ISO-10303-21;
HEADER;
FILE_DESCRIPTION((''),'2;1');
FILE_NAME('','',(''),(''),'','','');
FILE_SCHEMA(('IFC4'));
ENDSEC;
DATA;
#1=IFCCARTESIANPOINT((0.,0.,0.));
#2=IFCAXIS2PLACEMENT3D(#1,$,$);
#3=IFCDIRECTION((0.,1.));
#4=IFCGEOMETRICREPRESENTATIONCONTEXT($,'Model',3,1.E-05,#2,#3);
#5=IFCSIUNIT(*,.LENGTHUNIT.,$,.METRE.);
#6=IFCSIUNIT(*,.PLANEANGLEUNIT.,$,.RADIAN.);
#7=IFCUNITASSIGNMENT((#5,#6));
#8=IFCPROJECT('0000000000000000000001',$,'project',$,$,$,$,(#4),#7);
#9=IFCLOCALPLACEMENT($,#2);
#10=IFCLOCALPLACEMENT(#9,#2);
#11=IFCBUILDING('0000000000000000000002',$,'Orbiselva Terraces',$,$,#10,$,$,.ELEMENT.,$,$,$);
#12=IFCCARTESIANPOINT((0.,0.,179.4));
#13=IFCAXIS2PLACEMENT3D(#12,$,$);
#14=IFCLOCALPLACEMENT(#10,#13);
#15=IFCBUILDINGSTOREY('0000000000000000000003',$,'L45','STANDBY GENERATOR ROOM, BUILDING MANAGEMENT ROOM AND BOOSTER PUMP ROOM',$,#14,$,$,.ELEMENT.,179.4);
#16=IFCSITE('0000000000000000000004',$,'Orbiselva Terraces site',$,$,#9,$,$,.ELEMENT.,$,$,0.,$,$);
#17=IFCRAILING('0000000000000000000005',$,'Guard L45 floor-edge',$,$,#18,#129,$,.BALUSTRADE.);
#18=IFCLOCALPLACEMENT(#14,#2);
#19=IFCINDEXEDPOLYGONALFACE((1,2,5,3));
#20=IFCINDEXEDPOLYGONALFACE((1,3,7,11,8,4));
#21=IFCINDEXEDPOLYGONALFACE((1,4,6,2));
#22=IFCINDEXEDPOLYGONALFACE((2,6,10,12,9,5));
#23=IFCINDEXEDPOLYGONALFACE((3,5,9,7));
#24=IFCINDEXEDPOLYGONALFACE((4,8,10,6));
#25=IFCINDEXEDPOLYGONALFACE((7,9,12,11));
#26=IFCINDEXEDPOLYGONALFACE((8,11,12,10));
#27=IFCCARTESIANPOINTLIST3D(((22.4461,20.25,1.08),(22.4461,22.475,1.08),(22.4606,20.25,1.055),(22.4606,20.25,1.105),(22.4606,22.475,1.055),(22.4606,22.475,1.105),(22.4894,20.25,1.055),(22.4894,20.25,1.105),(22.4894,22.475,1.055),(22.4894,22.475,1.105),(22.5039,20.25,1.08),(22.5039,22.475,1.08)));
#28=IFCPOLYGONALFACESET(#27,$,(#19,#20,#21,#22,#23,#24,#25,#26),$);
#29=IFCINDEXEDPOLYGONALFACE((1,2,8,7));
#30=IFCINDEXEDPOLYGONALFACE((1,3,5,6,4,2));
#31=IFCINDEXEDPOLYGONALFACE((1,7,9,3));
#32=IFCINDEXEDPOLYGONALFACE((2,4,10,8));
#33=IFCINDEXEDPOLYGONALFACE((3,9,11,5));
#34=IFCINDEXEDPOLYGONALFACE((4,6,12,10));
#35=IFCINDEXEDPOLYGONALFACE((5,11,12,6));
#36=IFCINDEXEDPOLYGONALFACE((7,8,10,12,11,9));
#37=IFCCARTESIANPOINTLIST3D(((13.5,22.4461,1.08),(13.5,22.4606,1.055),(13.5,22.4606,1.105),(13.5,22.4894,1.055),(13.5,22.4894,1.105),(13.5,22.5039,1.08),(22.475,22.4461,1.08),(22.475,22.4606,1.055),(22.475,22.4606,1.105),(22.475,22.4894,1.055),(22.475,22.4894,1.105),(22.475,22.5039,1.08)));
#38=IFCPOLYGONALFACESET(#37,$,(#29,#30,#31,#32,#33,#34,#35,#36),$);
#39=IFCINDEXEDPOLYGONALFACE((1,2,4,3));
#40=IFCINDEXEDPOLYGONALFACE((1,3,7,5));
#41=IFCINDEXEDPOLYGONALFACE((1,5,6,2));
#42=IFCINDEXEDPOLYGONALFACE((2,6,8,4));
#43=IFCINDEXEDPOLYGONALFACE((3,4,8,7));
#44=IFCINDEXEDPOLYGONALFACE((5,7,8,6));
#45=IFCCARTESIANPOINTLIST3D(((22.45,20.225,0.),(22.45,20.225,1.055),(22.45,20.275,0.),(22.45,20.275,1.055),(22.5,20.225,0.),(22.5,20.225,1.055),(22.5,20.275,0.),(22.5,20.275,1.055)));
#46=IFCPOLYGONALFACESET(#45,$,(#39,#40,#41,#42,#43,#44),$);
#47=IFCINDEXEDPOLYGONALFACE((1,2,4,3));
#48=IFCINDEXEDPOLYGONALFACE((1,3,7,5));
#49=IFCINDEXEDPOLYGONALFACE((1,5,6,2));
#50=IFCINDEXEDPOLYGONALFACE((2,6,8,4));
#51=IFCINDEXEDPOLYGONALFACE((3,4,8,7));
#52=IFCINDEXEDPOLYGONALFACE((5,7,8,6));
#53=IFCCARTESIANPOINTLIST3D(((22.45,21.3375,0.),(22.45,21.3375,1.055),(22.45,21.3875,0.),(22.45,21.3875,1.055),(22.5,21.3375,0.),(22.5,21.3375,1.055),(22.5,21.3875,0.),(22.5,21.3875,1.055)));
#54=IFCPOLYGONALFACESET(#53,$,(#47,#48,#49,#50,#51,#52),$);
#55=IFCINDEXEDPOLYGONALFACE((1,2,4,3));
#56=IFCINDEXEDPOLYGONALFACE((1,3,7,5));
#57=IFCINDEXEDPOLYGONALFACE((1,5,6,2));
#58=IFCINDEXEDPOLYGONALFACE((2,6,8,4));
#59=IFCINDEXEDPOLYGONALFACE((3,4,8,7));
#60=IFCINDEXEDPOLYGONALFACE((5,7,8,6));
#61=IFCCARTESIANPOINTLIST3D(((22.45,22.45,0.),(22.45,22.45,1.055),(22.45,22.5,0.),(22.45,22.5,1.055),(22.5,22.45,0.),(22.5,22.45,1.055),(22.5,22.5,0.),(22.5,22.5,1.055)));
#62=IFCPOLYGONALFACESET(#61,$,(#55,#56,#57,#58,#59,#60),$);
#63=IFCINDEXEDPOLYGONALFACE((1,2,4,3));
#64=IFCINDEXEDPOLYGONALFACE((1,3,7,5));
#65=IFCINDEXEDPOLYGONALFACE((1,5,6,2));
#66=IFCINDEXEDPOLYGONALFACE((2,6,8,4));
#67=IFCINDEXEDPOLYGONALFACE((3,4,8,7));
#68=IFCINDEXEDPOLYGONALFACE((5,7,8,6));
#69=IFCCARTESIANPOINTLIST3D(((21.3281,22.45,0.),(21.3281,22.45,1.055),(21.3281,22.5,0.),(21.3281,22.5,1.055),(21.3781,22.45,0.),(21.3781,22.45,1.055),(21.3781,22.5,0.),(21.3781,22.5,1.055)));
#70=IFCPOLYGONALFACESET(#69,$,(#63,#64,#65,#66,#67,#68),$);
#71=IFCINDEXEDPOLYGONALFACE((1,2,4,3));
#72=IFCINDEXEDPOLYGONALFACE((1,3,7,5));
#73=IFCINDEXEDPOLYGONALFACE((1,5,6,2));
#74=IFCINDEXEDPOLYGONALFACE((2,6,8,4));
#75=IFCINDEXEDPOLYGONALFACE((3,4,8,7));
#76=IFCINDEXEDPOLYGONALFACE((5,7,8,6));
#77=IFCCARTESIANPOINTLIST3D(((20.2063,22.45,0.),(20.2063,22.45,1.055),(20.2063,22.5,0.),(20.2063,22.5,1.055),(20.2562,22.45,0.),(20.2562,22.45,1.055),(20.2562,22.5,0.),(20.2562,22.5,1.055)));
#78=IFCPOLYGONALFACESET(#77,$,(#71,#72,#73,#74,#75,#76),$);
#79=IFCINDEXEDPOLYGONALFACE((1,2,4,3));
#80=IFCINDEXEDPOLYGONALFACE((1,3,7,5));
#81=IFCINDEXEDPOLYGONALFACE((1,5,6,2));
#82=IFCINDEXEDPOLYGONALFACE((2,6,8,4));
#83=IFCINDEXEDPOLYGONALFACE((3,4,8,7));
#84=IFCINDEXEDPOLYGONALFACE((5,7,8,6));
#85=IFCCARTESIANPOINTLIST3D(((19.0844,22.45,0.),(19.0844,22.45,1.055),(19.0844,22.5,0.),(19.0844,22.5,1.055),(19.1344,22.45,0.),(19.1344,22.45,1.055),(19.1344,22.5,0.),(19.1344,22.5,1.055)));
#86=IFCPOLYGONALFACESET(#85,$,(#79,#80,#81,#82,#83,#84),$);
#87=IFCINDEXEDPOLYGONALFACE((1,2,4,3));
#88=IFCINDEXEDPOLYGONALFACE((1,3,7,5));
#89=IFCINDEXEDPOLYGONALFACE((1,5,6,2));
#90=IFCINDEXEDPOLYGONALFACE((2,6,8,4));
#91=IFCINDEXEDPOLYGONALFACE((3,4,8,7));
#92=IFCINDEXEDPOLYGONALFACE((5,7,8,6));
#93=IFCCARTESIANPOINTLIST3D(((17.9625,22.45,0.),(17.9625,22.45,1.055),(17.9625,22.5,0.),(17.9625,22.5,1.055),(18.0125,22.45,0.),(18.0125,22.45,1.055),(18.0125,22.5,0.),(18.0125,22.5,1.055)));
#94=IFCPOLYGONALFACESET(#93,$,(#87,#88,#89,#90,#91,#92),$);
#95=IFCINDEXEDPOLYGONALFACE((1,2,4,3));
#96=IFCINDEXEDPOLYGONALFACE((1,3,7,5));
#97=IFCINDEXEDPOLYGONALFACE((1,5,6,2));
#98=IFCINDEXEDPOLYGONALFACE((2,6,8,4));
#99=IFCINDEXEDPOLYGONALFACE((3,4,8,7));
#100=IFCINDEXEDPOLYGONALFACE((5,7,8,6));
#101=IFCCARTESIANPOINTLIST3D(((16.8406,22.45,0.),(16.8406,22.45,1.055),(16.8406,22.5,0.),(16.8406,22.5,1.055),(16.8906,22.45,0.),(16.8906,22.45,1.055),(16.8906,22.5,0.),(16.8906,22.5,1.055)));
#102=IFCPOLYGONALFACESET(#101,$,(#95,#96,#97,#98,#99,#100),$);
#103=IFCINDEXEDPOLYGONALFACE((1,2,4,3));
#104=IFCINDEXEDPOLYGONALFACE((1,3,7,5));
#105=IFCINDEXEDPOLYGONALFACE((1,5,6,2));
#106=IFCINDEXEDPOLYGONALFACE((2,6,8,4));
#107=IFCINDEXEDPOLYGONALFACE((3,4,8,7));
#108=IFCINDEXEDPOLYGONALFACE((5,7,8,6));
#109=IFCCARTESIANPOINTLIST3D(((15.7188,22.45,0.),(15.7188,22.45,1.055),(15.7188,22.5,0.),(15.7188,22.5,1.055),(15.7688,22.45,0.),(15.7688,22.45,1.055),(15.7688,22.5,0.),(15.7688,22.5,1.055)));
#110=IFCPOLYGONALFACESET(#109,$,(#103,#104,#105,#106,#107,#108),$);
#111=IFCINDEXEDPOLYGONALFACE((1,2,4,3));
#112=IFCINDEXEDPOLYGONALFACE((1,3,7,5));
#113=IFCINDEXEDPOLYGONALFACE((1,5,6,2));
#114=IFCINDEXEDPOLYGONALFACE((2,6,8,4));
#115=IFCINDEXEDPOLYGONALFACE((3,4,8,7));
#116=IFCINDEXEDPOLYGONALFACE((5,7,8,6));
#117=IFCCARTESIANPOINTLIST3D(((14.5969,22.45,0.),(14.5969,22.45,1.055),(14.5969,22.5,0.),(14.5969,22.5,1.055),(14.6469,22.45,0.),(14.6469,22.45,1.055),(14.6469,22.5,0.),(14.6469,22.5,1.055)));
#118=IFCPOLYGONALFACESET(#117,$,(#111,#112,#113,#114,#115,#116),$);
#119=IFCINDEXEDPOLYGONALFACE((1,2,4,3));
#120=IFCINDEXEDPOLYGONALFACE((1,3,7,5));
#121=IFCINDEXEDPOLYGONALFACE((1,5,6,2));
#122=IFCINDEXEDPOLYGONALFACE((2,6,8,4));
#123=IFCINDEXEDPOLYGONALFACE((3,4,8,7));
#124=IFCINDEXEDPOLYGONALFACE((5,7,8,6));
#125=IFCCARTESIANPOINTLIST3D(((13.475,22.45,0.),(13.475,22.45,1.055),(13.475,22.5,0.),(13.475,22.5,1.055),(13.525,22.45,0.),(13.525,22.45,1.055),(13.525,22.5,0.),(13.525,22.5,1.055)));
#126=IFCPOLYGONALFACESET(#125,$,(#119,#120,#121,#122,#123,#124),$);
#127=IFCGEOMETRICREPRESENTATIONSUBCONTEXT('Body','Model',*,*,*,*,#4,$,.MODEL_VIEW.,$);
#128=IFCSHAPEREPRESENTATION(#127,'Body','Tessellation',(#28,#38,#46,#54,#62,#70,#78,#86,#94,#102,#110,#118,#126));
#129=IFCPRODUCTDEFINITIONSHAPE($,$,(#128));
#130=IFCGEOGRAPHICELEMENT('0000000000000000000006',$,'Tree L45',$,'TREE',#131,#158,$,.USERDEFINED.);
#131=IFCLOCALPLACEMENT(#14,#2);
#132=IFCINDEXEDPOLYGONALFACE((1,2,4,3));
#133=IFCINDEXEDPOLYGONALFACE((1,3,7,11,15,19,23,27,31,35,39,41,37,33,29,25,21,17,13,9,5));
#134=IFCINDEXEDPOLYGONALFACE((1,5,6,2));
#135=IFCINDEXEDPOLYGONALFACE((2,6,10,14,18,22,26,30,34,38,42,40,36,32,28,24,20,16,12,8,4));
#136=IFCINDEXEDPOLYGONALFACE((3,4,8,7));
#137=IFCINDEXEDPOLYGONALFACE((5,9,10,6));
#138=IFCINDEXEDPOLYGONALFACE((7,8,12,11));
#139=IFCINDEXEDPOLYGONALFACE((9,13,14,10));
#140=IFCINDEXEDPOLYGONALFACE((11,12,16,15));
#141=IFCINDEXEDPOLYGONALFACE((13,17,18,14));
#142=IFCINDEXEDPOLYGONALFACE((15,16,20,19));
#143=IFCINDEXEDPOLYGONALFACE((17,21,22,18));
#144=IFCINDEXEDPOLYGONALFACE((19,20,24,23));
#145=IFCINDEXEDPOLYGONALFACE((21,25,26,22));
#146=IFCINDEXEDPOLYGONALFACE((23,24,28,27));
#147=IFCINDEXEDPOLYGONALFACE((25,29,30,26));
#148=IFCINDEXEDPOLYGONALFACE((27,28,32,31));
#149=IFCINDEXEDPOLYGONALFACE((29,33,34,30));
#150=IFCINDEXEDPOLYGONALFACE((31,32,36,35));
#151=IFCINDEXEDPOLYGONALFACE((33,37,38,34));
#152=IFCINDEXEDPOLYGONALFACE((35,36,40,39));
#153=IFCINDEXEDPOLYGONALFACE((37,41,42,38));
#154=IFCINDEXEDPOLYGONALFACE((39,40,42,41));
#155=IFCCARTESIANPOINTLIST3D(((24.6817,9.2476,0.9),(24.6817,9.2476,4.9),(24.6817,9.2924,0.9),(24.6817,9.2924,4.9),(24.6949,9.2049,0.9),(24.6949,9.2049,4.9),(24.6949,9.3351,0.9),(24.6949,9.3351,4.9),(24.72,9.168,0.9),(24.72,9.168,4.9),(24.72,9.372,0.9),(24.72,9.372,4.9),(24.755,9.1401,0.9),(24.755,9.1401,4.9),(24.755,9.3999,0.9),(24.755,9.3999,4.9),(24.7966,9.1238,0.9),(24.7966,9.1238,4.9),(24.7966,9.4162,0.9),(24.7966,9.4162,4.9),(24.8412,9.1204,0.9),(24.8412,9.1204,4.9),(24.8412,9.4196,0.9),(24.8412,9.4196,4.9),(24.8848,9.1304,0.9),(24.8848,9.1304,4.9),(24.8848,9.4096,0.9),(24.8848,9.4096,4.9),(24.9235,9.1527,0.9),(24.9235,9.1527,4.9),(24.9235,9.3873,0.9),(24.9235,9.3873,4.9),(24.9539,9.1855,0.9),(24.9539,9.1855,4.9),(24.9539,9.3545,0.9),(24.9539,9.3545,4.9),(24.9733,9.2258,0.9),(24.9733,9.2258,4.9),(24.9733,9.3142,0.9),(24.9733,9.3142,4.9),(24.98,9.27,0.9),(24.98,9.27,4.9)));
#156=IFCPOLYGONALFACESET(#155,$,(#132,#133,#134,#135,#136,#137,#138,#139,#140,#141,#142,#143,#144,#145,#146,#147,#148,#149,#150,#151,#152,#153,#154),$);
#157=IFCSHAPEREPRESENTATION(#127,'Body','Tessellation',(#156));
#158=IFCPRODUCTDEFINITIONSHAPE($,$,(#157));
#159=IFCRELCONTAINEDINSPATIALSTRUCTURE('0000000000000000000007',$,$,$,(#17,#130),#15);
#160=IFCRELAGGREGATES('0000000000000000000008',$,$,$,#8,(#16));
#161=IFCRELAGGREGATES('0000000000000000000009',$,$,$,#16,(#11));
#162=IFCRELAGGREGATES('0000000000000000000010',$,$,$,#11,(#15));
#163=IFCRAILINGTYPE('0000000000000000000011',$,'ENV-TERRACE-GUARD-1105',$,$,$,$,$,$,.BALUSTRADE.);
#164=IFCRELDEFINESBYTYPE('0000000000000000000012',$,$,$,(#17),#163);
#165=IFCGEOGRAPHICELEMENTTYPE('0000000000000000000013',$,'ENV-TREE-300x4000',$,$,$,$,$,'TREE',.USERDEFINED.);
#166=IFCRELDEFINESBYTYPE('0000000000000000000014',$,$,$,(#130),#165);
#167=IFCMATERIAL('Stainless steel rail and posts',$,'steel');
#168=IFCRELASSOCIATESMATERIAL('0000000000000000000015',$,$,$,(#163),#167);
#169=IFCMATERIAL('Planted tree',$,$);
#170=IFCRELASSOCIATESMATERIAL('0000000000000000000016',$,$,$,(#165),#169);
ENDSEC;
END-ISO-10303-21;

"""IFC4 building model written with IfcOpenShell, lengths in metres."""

from ifc_helpers import new_model, si_unit, direction, frame, origin, origin_2d, place, context, subcontext, project, spatial, polyline, rectangle, circle, outline, extrude, material, type_object, element, save


model = new_model("IFC4")

# Units and contexts
model_context = context("Model", 3, precision=1e-05, world=origin(), true_north=direction((0.0, 1.0)))
body_context = subcontext(model_context, "Body", "Model", "MODEL_VIEW")
ifc_project = project(units=[si_unit("LENGTHUNIT", "METRE"), si_unit("PLANEANGLEUNIT", "RADIAN")], contexts=[model_context])

# Site, building, storey
site_placement = place(None, origin())
site = spatial("IfcSite", under=ifc_project, at=site_placement, Name="Orbiselva Terraces site", CompositionType="ELEMENT", RefElevation=0.0)
building_placement = place(site_placement, origin())
building = spatial("IfcBuilding", under=site, at=building_placement, Name="Orbiselva Terraces", CompositionType="ELEMENT")
storey_placement = place(building_placement, frame((0.0, 0.0, 179.4)))
storey = spatial("IfcBuildingStorey", under=building, at=storey_placement, Name="L45", Description="STANDBY GENERATOR ROOM, BUILDING MANAGEMENT ROOM AND BOOSTER PUMP ROOM", CompositionType="ELEMENT", Elevation=179.4)

# Railing
ifc_material_1 = material(Name="Stainless steel rail and posts", Category="steel")
railing_type_1 = type_object("IfcRailingType", Name="ENV-TERRACE-GUARD-1105", PredefinedType="BALUSTRADE", material=ifc_material_1)
railing_placement = place(storey_placement, frame((22.475, 20.25, 0.0)))
element("IfcRailing", 1, at=railing_placement, inside=storey, type_object=railing_type_1, Name="Guard L45 floor-edge", PredefinedType="BALUSTRADE", context=body_context, shape_type="SweptSolid", body=[
    extrude(outline(polyline([(0.0289, 0.0), (0.0144, 0.025), (-0.0144, 0.025), (-0.0289, 0.0), (-0.0144, -0.025), (0.0144, -0.025), (0.0289, 0.0)])), frame((0.0, 0.0, 1.08), z_axis=(0.0, 1.0, 0.0), x_axis=(-1.0, 0.0, 0.0)), (0.0, 0.0, 1.0), 2.225),
    extrude(outline(polyline([(0.0289, 0.0), (0.0144, 0.025), (-0.0144, 0.025), (-0.0289, 0.0), (-0.0144, -0.025), (0.0144, -0.025), (0.0289, 0.0)])), frame((0.0, 2.225, 1.08), z_axis=(-1.0, 0.0, 0.0), x_axis=(0.0, -1.0, 0.0)), (0.0, 0.0, 1.0), 8.975),
    extrude(rectangle(XDim=0.05, YDim=0.05, at=origin_2d()), origin(), (0.0, 0.0, 1.0), 1.055),
    extrude(rectangle(XDim=0.05, YDim=0.05, at=origin_2d()), frame((0.0, 1.1125, 0.0)), (0.0, 0.0, 1.0), 1.055),
    extrude(rectangle(XDim=0.05, YDim=0.05, at=origin_2d()), frame((0.0, 2.225, 0.0)), (0.0, 0.0, 1.0), 1.055),
    extrude(rectangle(XDim=0.05, YDim=0.05, at=origin_2d()), frame((-1.1219, 2.225, 0.0)), (0.0, 0.0, 1.0), 1.055),
    extrude(rectangle(XDim=0.05, YDim=0.05, at=origin_2d()), frame((-2.2437, 2.225, 0.0)), (0.0, 0.0, 1.0), 1.055),
    extrude(rectangle(XDim=0.05, YDim=0.05, at=origin_2d()), frame((-3.3656, 2.225, 0.0)), (0.0, 0.0, 1.0), 1.055),
    extrude(rectangle(XDim=0.05, YDim=0.05, at=origin_2d()), frame((-4.4875, 2.225, 0.0)), (0.0, 0.0, 1.0), 1.055),
    extrude(rectangle(XDim=0.05, YDim=0.05, at=origin_2d()), frame((-5.6094, 2.225, 0.0)), (0.0, 0.0, 1.0), 1.055),
    extrude(rectangle(XDim=0.05, YDim=0.05, at=origin_2d()), frame((-6.7313, 2.225, 0.0)), (0.0, 0.0, 1.0), 1.055),
    extrude(rectangle(XDim=0.05, YDim=0.05, at=origin_2d()), frame((-7.8531, 2.225, 0.0)), (0.0, 0.0, 1.0), 1.055),
    extrude(rectangle(XDim=0.05, YDim=0.05, at=origin_2d()), frame((-8.975, 2.225, 0.0)), (0.0, 0.0, 1.0), 1.055),
])

# Geographic element
ifc_material_2 = material(Name="Planted tree")
geographic_element_type = type_object("IfcGeographicElementType", Name="ENV-TREE-300x4000", ElementType="TREE", PredefinedType="USERDEFINED", material=ifc_material_2)
geographic_element_placement = place(storey_placement, frame((24.83, 9.27, 4.9), z_axis=(0.0, 0.0, -1.0), x_axis=(1.0, 0.0, 0.0)))
element("IfcGeographicElement", 2, at=geographic_element_placement, inside=storey, type_object=geographic_element_type, Name="Tree L45", ObjectType="TREE", PredefinedType="USERDEFINED", context=body_context, shape_type="SweptSolid", body=[
    extrude(circle(Radius=0.15, at=origin_2d()), origin(), (0.0, 0.0, 1.0), 4.0),
])

save(model, "model.ifc")
